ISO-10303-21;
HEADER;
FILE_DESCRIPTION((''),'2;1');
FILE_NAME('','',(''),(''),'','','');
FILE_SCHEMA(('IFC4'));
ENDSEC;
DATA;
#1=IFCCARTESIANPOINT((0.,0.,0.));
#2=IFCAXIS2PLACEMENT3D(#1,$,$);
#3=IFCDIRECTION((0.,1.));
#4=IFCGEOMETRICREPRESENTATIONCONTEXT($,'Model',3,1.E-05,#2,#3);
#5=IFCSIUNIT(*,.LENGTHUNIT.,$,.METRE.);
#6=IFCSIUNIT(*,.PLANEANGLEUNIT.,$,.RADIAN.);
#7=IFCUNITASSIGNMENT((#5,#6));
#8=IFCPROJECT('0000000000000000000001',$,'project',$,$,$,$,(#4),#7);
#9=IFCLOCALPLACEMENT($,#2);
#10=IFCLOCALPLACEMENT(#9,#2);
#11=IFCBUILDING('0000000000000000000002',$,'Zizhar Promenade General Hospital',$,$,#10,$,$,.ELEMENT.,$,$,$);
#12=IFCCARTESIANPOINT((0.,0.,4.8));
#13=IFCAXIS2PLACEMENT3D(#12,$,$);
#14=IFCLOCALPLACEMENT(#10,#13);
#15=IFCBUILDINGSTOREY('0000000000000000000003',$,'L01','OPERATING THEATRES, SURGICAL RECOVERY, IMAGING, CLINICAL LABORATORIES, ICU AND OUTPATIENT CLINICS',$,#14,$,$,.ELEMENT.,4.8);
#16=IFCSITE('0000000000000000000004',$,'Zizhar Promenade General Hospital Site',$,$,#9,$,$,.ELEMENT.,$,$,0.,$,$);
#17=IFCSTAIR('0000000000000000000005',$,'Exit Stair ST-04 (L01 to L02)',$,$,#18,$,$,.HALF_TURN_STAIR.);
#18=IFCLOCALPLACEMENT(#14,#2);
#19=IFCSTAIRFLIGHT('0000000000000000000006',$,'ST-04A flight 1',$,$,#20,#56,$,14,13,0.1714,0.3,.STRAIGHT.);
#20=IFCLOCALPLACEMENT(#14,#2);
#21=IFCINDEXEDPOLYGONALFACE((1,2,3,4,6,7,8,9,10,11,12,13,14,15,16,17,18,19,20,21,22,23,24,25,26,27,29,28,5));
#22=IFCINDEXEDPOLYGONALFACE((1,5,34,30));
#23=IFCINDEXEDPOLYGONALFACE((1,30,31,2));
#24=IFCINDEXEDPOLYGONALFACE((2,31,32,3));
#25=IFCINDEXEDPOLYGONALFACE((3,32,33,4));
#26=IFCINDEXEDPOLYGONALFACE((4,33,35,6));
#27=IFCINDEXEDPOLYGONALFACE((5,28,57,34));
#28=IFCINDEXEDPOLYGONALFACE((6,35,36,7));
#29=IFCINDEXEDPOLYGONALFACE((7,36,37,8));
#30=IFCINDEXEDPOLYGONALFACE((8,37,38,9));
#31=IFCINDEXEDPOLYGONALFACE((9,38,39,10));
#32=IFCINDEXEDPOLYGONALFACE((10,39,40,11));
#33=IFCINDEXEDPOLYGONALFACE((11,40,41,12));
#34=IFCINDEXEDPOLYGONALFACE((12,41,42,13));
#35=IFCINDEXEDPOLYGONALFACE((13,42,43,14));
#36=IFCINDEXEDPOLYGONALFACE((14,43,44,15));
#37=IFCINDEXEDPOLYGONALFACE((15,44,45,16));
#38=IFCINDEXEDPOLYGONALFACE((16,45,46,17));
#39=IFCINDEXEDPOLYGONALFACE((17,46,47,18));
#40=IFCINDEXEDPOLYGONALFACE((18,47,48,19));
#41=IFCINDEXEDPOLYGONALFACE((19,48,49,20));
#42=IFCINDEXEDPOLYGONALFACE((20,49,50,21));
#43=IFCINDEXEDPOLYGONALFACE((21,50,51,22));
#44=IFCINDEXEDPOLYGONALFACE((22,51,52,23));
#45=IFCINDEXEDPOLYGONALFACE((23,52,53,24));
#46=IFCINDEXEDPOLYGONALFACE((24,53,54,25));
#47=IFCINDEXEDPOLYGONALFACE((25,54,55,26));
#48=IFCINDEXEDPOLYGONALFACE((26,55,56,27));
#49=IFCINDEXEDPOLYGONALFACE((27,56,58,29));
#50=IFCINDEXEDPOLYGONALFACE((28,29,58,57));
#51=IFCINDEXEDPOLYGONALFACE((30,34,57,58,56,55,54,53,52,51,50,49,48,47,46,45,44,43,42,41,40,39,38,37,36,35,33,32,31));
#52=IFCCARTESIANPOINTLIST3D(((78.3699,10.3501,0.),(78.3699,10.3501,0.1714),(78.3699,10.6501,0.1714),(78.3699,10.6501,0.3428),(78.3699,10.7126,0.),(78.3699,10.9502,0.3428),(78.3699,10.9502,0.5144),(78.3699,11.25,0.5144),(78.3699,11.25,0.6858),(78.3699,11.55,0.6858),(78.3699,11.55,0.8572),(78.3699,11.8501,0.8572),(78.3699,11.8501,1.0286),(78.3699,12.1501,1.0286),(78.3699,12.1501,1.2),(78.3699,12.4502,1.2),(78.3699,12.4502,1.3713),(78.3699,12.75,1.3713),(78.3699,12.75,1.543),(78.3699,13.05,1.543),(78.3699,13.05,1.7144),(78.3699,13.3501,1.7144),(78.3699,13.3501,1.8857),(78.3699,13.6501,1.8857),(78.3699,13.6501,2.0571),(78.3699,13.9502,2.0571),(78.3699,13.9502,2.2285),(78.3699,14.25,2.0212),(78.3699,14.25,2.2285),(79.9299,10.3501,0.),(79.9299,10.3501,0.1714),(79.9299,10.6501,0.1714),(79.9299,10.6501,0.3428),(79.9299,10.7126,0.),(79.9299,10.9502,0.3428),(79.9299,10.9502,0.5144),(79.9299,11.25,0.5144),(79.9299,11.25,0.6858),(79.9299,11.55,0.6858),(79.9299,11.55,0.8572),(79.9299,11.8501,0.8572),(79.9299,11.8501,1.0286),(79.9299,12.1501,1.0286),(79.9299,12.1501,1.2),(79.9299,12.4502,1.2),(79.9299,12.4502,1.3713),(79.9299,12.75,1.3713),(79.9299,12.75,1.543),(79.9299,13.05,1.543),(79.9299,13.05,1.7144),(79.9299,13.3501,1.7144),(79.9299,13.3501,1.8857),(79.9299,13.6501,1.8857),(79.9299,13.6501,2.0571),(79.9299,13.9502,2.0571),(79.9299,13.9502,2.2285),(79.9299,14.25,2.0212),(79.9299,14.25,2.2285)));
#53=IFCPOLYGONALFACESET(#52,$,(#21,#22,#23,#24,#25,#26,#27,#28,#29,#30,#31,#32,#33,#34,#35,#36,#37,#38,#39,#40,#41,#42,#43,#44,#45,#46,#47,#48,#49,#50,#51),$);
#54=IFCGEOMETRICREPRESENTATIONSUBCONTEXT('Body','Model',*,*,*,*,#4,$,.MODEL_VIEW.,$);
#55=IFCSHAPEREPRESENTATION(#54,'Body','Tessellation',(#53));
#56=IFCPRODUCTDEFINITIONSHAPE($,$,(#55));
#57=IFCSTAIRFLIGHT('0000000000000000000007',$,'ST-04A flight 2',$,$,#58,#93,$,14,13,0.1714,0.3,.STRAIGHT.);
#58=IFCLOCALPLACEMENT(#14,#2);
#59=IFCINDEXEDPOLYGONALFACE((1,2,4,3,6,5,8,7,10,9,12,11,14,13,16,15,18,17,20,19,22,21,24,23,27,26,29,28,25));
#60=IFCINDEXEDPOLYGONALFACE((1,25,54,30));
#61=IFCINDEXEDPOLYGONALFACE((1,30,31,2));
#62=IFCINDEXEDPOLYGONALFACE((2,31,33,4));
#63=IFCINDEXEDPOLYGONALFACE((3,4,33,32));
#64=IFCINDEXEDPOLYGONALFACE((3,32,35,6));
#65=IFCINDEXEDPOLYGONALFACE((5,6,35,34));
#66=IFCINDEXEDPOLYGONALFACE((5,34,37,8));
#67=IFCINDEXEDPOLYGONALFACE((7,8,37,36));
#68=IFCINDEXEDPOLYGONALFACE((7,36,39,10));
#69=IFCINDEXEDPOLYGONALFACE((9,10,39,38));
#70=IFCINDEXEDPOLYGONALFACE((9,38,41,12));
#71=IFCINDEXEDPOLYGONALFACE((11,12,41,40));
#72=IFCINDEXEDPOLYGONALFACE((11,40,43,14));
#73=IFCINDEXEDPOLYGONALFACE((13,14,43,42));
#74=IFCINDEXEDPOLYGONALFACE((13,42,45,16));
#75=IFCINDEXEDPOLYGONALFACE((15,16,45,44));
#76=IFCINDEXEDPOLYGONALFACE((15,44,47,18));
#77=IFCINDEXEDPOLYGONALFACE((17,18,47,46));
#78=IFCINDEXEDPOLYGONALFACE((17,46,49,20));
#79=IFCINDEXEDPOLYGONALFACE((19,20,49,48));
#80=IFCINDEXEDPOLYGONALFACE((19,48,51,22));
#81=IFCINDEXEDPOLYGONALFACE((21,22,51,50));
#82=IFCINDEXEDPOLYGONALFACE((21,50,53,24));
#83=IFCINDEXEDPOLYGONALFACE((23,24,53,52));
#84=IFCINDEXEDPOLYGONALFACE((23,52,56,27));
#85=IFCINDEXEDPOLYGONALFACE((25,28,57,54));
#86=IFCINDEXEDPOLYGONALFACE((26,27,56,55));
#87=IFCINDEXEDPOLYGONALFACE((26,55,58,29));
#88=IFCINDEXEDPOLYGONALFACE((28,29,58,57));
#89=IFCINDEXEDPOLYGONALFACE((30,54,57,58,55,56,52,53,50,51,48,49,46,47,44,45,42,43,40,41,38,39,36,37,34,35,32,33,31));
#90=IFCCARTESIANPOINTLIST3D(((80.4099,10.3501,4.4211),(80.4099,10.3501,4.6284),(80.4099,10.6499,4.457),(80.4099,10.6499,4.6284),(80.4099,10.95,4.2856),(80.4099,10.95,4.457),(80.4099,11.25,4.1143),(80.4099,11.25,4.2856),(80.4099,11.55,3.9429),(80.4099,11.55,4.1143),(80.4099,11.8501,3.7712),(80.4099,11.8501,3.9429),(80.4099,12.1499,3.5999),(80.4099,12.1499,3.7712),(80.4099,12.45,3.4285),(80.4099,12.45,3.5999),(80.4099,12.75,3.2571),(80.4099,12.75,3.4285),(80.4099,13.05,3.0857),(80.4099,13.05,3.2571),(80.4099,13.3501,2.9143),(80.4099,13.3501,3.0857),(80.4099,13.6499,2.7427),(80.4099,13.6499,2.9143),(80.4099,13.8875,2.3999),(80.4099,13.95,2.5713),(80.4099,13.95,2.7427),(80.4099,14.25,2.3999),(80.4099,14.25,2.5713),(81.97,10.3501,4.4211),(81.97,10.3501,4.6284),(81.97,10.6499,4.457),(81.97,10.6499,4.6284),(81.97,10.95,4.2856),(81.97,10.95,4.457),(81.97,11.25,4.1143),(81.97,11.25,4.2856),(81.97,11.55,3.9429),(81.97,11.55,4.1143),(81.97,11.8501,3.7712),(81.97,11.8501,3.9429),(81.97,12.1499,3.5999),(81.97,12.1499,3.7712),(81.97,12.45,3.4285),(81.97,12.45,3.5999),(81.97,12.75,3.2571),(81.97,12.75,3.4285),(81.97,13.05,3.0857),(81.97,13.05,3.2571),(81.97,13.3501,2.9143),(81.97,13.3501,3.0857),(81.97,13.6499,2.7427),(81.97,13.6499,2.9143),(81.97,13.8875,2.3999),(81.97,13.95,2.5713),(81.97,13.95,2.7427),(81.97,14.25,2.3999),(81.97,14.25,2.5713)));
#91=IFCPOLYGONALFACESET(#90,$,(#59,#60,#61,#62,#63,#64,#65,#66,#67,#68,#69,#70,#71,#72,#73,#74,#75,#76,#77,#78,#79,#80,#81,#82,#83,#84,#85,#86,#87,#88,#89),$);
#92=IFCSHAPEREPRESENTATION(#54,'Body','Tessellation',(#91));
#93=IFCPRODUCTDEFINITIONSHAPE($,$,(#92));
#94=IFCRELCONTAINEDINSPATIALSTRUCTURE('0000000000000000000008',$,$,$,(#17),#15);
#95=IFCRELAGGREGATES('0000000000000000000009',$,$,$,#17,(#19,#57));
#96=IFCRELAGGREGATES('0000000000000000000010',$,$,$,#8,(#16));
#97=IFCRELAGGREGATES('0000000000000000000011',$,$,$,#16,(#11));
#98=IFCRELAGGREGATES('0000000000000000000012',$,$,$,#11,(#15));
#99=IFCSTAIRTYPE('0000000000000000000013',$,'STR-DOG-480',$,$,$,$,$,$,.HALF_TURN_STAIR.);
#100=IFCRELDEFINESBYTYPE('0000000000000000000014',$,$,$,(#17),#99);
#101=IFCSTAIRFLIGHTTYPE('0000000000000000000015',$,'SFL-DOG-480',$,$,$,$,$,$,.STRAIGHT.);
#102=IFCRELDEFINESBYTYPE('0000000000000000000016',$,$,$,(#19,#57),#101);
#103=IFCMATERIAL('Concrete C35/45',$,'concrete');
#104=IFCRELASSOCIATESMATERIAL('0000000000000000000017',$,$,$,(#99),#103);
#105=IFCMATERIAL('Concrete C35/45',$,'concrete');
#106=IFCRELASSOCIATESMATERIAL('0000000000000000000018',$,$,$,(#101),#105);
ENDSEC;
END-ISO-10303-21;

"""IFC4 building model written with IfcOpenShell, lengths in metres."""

from ifc_helpers import new_model, si_unit, direction, frame, origin, place, context, subcontext, project, spatial, polyline, outline, extrude, material, type_object, element, aggregate, save


model = new_model("IFC4")

# Units and contexts
model_context = context("Model", 3, precision=1e-05, world=origin(), true_north=direction((0.0, 1.0)))
body_context = subcontext(model_context, "Body", "Model", "MODEL_VIEW")
ifc_project = project(units=[si_unit("LENGTHUNIT", "METRE"), si_unit("PLANEANGLEUNIT", "RADIAN")], contexts=[model_context])

# Site, building, storey
site_placement = place(None, origin())
site = spatial("IfcSite", under=ifc_project, at=site_placement, Name="Zizhar Promenade General Hospital Site", CompositionType="ELEMENT", RefElevation=0.0)
building_placement = place(site_placement, origin())
building = spatial("IfcBuilding", under=site, at=building_placement, Name="Zizhar Promenade General Hospital", CompositionType="ELEMENT")
storey_placement = place(building_placement, frame((0.0, 0.0, 4.8)))
storey = spatial("IfcBuildingStorey", under=building, at=storey_placement, Name="L01", Description="OPERATING THEATRES, SURGICAL RECOVERY, IMAGING, CLINICAL LABORATORIES, ICU AND OUTPATIENT CLINICS", CompositionType="ELEMENT", Elevation=4.8)

# Shared definitions
ifc_material_1 = material(Name="Concrete C35/45", Category="concrete")
stair_type = type_object("IfcStairType", Name="STR-DOG-480", PredefinedType="HALF_TURN_STAIR", material=ifc_material_1)
ifc_material_2 = material(Name="Concrete C35/45", Category="concrete")
stair_flight_type = type_object("IfcStairFlightType", Name="SFL-DOG-480", PredefinedType="STRAIGHT", material=ifc_material_2)

# Stair, stair flights
stair_1_placement = place(storey_placement, origin())
stair_1 = element("IfcStair", 1, at=stair_1_placement, inside=storey, type_object=stair_type, Name="Exit Stair ST-04 (L01 to L02)", PredefinedType="HALF_TURN_STAIR")
stair_flight_1_placement = place(storey_placement, frame((79.1499, 10.3501, 0.0), z_axis=(0.0, 0.0, 1.0), x_axis=(0.0, 1.0, 0.0)))
stair_flight_1 = element("IfcStairFlight", 2, at=stair_flight_1_placement, type_object=stair_flight_type, Name="ST-04A flight 1", NumberOfRisers=14, NumberOfTreads=13, PredefinedType="STRAIGHT", RiserHeight=0.1714, TreadLength=0.3, context=body_context, shape_type="SweptSolid", body=[
    extrude(outline(polyline([(0.0, 0.0), (0.0, 0.1714), (0.3, 0.1714), (0.3, 0.3428), (0.6001, 0.3428), (0.6001, 0.5144), (0.8999, 0.5144), (0.8999, 0.6858), (1.2, 0.6858), (1.2, 0.8572), (1.5, 0.8572), (1.5, 1.0286), (1.8, 1.0286), (1.8, 1.2), (2.1001, 1.2), (2.1001, 1.3713), (2.3999, 1.3713), (2.3999, 1.543), (2.7, 1.543), (2.7, 1.7144), (3.0, 1.7144), (3.0, 1.8857), (3.3, 1.8857), (3.3, 2.0571), (3.6001, 2.0571), (3.6001, 2.2285), (3.8999, 2.2285), (3.8999, 2.3999), (3.8999, 2.0212), (0.3625, 0.0), (0.0, 0.0)])), frame((0.0, 0.78, 0.0), z_axis=(0.0, -1.0, 0.0), x_axis=(1.0, 0.0, 0.0)), (0.0, 0.0, 1.0), 1.5601),
])
stair_flight_2_placement = place(storey_placement, frame((81.1899, 14.25, 2.3999), z_axis=(0.0, 0.0, 1.0), x_axis=(0.0, -1.0, 0.0)))
stair_flight_2 = element("IfcStairFlight", 3, at=stair_flight_2_placement, type_object=stair_flight_type, Name="ST-04A flight 2", NumberOfRisers=14, NumberOfTreads=13, PredefinedType="STRAIGHT", RiserHeight=0.1714, TreadLength=0.3, context=body_context, shape_type="SweptSolid", body=[
    extrude(outline(polyline([(0.0, 0.0), (0.0, 0.1714), (0.3, 0.1714), (0.3, 0.3428), (0.6001, 0.3428), (0.6001, 0.5144), (0.8999, 0.5144), (0.8999, 0.6858), (1.2, 0.6858), (1.2, 0.8572), (1.5, 0.8572), (1.5, 1.0286), (1.8, 1.0286), (1.8, 1.2), (2.1001, 1.2), (2.1001, 1.3713), (2.3999, 1.3713), (2.3999, 1.543), (2.7, 1.543), (2.7, 1.7144), (3.0, 1.7144), (3.0, 1.8857), (3.3, 1.8857), (3.3, 2.0571), (3.6001, 2.0571), (3.6001, 2.2285), (3.8999, 2.2285), (3.8999, 2.3999), (3.8999, 2.0212), (0.3625, 0.0), (0.0, 0.0)])), frame((0.0, 0.78, 0.0), z_axis=(0.0, -1.0, 0.0), x_axis=(1.0, 0.0, 0.0)), (0.0, 0.0, 1.0), 1.5601),
])
aggregate(stair_1, [stair_flight_1, stair_flight_2])

save(model, "model.ifc")
